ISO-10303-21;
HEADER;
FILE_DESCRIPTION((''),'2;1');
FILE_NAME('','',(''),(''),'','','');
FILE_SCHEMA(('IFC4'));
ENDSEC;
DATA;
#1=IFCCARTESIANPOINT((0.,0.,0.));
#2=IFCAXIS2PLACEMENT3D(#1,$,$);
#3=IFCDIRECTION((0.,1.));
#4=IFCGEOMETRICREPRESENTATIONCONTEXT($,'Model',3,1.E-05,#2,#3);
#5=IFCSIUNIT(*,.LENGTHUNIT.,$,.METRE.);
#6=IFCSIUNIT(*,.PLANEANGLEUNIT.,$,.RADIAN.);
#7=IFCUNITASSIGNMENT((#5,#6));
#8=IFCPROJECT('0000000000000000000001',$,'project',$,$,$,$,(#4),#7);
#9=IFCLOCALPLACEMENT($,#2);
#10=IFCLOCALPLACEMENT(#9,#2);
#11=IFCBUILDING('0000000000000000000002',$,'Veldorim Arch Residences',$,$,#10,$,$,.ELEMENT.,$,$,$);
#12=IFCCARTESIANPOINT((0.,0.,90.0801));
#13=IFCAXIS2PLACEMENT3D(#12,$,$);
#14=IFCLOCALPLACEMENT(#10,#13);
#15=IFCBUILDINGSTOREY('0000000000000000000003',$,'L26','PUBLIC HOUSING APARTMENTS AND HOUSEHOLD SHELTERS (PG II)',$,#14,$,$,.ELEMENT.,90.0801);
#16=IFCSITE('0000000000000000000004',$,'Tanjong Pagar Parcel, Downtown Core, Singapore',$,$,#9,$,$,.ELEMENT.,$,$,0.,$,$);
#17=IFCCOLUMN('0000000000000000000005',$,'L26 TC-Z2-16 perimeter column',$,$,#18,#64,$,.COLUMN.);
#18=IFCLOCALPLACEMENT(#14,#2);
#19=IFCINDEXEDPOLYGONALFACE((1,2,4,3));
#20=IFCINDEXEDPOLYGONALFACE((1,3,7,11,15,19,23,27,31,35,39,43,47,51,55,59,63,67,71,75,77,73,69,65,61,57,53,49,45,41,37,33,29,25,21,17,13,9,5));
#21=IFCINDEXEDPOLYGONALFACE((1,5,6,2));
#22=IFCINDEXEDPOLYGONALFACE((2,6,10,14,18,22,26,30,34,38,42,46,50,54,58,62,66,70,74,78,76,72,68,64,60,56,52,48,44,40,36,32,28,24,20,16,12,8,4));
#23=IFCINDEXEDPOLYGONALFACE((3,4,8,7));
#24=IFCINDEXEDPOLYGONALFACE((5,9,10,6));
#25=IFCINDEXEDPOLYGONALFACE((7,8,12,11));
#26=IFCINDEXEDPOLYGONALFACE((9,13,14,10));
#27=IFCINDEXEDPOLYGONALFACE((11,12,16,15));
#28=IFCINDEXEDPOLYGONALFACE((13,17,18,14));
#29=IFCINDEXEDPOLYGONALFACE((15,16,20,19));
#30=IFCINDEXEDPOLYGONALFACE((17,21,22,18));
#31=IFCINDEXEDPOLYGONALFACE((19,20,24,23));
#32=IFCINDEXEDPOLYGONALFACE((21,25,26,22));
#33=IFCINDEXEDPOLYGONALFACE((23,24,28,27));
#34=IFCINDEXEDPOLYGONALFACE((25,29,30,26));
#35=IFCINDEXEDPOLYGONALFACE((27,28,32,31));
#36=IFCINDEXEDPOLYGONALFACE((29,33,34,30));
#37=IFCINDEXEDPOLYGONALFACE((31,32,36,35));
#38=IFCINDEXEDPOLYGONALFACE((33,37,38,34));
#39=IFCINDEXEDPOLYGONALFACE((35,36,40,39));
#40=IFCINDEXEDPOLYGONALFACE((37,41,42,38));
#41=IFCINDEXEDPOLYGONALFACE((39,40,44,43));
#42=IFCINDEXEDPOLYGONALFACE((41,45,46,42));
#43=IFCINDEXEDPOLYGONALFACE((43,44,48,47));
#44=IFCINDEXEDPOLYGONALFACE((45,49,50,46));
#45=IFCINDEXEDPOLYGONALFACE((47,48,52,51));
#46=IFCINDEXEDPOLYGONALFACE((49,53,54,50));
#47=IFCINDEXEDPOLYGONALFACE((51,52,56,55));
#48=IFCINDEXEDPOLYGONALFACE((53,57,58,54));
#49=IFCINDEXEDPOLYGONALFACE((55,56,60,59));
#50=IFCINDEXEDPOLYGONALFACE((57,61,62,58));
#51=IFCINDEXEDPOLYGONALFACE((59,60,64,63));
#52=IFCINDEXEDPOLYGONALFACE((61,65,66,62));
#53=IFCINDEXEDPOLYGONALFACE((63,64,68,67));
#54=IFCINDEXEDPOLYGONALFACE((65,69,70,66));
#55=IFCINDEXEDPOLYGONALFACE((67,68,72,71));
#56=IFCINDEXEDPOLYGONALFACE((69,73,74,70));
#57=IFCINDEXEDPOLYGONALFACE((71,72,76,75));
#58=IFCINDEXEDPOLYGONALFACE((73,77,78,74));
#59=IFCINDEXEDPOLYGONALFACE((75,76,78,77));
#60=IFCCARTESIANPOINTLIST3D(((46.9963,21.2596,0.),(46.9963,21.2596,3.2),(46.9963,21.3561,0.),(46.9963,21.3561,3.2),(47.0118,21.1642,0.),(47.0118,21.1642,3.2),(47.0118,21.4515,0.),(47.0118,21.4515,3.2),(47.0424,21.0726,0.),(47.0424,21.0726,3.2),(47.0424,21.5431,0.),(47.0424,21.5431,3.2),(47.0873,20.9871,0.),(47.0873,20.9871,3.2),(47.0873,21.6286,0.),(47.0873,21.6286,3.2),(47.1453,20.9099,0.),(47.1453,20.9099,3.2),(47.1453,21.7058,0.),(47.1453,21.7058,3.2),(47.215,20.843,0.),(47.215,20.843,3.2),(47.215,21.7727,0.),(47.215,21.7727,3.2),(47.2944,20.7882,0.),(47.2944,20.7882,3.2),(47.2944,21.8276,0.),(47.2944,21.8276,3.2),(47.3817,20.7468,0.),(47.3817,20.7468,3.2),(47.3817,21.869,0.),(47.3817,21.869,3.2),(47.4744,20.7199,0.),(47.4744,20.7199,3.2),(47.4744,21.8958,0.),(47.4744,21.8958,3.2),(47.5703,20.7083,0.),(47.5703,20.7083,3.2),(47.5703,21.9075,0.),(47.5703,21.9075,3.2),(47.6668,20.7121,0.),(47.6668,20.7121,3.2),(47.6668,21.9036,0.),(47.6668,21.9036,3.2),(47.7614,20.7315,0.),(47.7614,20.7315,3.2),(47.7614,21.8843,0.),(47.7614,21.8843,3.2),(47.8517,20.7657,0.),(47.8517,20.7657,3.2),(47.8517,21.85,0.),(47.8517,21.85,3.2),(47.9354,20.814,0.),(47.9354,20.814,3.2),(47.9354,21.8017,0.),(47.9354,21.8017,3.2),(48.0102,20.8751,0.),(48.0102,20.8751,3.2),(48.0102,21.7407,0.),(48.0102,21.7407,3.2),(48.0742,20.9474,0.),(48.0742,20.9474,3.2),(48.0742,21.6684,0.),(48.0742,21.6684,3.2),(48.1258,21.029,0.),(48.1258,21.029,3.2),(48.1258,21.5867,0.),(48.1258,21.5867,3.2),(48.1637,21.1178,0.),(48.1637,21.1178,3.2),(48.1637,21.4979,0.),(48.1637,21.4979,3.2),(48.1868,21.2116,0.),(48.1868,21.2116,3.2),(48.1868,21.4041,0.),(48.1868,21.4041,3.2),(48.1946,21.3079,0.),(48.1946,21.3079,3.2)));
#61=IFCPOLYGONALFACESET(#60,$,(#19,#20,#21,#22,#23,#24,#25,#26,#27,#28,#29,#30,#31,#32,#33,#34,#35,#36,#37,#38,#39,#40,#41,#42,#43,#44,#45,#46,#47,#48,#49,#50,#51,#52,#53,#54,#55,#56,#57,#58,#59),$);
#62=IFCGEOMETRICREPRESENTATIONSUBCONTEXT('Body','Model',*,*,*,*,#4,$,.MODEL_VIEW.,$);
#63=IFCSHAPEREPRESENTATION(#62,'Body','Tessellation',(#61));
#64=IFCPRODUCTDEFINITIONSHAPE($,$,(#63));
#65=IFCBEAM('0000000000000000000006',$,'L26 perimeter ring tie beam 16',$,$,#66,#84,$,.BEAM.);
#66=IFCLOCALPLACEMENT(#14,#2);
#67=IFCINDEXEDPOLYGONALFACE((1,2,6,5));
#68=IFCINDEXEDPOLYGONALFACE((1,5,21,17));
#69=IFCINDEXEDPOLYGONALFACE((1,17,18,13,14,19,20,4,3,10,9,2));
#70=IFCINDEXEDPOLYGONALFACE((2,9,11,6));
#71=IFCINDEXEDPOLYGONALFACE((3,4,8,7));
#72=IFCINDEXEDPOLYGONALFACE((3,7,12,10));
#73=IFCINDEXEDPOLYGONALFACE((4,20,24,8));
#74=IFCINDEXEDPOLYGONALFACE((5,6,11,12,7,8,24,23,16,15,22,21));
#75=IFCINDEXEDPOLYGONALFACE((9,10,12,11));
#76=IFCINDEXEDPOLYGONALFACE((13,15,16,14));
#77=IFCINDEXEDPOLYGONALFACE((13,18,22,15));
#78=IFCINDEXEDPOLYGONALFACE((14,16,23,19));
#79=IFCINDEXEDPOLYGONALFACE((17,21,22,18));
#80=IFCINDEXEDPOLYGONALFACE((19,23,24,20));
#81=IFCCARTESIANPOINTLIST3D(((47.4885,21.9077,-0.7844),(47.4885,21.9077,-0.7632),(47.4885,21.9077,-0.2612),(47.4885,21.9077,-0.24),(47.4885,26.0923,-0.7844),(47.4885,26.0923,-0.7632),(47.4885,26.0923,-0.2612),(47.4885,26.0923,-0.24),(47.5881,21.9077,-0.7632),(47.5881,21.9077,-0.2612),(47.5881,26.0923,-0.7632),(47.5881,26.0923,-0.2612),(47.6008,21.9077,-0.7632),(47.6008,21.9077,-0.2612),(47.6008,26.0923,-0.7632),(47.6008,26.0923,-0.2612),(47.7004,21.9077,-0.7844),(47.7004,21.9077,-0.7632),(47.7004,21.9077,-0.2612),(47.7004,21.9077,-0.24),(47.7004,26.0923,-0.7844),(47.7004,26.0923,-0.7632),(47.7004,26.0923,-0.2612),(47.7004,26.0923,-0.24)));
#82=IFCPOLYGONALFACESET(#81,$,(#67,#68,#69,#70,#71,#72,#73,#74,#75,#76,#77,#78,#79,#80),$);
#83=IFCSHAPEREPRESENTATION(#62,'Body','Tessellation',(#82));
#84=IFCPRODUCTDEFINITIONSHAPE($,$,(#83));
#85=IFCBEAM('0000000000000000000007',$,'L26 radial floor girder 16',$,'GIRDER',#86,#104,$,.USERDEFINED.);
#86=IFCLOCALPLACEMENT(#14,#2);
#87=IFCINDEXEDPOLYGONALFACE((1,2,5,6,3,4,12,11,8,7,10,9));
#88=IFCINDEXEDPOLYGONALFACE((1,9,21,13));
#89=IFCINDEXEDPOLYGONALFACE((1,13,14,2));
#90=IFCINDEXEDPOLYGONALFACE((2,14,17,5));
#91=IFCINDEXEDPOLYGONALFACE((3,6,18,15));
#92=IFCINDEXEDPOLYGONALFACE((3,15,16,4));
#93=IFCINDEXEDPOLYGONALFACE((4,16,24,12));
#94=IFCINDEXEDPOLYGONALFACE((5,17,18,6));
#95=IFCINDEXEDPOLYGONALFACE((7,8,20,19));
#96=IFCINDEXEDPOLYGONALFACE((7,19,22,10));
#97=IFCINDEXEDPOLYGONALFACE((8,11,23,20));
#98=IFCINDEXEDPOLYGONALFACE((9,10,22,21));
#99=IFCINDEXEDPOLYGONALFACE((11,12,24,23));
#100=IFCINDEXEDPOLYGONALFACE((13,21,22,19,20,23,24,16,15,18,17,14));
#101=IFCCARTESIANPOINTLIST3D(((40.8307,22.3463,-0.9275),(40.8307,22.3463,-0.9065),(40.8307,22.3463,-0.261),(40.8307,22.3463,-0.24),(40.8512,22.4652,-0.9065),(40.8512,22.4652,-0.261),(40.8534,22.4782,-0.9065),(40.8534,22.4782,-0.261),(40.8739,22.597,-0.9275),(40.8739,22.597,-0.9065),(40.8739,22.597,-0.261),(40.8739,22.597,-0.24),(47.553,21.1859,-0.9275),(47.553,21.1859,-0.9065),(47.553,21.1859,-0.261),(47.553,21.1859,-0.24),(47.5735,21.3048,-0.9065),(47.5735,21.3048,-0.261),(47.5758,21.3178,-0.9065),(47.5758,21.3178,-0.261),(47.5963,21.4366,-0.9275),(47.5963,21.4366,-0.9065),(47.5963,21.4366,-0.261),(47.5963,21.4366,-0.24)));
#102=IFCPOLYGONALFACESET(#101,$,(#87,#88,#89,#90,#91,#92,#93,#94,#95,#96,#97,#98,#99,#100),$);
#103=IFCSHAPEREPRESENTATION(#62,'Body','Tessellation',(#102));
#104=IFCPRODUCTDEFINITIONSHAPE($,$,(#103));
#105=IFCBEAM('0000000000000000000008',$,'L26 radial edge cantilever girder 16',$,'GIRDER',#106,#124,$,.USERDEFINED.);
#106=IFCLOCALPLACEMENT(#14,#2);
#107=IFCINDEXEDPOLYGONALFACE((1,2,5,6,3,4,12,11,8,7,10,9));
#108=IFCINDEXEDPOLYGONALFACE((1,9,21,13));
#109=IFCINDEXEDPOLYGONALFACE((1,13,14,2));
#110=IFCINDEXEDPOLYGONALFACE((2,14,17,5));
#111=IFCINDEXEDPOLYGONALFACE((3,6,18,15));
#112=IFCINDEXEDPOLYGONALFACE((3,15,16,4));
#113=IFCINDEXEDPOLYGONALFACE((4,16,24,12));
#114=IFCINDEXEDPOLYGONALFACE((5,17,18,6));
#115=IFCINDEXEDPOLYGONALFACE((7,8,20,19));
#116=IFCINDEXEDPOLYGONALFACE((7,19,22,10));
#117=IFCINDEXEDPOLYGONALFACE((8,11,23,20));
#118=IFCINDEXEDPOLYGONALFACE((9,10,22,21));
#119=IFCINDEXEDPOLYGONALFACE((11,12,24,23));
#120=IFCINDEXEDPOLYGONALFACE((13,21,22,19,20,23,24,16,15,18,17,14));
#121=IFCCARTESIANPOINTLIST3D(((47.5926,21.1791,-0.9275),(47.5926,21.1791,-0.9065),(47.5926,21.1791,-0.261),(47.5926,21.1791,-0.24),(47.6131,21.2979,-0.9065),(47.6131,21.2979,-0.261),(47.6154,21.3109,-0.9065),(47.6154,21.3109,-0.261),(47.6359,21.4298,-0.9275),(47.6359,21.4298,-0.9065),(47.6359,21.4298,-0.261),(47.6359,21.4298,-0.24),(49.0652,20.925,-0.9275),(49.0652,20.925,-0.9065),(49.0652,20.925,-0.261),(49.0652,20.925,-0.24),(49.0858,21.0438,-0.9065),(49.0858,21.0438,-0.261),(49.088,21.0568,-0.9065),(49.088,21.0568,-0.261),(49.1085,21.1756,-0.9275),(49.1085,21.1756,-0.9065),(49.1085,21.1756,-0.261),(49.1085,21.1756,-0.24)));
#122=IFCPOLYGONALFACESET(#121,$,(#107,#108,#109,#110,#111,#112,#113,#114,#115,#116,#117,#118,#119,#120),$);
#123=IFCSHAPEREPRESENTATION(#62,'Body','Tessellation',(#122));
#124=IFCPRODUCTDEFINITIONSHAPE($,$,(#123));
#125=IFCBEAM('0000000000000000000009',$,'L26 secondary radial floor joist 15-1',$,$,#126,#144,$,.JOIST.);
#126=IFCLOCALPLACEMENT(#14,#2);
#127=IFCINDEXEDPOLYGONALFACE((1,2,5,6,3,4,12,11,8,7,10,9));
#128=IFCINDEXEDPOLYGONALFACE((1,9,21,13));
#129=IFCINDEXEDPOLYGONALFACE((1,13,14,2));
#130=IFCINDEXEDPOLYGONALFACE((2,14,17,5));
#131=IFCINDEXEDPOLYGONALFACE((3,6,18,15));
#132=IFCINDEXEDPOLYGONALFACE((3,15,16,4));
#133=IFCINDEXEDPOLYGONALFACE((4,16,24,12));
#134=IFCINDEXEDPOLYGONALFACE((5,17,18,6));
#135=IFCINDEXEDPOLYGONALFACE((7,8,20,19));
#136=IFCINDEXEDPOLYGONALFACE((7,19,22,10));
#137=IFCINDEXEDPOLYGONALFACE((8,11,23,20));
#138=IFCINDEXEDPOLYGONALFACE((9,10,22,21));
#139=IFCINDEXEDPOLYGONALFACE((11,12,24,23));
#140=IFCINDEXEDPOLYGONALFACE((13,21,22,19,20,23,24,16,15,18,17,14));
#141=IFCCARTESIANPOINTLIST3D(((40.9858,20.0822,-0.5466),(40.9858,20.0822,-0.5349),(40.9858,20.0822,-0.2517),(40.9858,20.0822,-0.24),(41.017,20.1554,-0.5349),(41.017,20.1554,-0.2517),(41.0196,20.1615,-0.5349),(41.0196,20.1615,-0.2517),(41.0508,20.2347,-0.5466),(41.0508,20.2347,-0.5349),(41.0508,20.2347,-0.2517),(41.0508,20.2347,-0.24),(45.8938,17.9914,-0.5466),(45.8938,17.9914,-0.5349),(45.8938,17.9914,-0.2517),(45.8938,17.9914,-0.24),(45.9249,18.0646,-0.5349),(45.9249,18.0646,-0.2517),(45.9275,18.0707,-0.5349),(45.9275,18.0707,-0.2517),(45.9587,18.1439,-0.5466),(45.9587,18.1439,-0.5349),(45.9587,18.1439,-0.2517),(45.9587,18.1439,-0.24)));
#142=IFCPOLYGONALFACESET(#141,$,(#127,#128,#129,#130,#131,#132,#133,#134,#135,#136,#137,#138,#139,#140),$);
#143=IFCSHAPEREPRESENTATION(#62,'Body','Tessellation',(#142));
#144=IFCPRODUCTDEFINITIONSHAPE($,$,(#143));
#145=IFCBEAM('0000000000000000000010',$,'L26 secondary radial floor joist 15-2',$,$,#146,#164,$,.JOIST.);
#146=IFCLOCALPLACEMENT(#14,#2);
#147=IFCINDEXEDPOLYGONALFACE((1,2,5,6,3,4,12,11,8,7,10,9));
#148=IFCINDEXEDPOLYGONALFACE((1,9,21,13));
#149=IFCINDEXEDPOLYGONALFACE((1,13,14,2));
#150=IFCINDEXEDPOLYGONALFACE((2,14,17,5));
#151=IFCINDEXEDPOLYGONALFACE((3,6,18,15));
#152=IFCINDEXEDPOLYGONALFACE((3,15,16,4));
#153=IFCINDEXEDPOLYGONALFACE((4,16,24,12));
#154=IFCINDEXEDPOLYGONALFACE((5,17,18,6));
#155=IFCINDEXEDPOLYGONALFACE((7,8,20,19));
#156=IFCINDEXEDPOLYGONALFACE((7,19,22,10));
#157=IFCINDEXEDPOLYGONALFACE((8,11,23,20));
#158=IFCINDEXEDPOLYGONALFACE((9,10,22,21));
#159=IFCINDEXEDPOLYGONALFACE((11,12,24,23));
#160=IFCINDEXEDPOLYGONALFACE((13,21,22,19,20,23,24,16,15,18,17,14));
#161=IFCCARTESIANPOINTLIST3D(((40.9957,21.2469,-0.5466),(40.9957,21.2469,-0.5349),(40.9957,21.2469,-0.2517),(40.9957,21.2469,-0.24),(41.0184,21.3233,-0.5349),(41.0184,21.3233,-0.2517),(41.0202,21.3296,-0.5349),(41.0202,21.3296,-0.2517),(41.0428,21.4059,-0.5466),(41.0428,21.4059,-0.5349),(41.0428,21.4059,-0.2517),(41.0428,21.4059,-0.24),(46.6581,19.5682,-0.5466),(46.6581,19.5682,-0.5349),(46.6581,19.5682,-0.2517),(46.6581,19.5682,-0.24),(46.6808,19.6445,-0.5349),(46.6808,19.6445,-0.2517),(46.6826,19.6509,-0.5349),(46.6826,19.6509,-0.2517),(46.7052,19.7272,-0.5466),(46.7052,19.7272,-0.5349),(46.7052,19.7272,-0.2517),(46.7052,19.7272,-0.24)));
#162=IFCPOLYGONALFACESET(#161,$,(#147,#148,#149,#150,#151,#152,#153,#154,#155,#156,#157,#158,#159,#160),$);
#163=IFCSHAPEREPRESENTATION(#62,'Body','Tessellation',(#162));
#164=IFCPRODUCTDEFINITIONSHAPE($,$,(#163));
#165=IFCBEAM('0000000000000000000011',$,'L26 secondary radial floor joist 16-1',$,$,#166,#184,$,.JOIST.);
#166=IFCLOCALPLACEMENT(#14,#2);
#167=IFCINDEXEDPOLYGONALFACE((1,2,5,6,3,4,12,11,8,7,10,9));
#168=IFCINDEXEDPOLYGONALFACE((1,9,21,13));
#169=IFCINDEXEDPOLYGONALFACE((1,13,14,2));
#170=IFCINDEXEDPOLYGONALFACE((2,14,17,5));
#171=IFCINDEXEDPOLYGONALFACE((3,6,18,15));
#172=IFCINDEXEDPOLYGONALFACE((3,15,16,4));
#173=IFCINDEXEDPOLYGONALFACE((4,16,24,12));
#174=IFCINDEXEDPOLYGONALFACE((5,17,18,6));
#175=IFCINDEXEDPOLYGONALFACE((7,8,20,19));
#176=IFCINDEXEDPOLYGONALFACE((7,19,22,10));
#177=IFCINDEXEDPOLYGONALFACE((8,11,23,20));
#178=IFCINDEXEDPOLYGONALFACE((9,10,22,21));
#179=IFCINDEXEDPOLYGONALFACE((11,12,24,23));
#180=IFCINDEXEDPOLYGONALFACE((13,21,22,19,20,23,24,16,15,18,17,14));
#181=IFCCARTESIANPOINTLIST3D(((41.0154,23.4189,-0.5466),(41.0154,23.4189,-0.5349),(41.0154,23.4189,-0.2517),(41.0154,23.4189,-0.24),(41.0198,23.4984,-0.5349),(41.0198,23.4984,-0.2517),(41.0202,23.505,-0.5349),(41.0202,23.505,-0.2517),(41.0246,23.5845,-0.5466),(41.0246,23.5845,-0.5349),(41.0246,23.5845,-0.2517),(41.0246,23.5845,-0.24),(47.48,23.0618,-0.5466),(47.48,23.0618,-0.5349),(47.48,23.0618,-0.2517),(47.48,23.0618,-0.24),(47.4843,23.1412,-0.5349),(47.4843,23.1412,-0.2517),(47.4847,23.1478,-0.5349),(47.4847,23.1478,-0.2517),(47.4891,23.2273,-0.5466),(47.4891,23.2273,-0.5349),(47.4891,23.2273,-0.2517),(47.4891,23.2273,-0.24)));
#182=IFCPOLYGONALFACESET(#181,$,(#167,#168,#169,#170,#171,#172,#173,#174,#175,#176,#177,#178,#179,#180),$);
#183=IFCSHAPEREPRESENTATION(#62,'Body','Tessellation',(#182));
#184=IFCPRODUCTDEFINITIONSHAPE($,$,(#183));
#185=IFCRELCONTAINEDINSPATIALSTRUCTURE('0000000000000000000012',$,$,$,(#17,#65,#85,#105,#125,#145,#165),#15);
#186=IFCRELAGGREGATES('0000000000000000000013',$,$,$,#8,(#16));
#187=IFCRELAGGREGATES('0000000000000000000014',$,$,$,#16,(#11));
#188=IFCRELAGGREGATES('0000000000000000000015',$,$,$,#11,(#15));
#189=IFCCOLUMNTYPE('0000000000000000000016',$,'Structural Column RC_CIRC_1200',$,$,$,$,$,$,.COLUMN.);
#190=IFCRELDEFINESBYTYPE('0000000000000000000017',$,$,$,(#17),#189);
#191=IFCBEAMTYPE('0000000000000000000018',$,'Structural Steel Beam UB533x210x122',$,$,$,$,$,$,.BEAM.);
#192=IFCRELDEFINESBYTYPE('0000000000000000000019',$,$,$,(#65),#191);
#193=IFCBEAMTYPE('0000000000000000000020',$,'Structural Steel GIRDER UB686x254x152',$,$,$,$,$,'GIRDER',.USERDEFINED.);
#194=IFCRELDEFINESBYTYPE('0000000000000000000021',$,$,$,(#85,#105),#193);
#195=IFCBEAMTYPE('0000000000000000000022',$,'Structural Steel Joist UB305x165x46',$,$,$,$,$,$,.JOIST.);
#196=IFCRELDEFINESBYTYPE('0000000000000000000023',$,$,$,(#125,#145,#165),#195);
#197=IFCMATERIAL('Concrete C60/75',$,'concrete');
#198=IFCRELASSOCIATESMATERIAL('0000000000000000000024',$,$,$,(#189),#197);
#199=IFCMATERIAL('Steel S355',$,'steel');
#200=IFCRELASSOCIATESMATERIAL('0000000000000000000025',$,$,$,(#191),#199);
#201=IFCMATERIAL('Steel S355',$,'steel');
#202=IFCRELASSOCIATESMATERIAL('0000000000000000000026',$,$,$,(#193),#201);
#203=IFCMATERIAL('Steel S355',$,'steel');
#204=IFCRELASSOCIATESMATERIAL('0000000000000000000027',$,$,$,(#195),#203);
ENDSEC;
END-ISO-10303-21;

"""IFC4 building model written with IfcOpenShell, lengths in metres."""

from ifc_helpers import new_model, si_unit, direction, frame, origin, origin_2d, place, context, subcontext, project, spatial, circle, i_section, extrude, material, material_profile, profile_set, type_object, element, save


model = new_model("IFC4")

# Units and contexts
model_context = context("Model", 3, precision=1e-05, world=origin(), true_north=direction((0.0, 1.0)))
body_context = subcontext(model_context, "Body", "Model", "MODEL_VIEW")
ifc_project = project(units=[si_unit("LENGTHUNIT", "METRE"), si_unit("PLANEANGLEUNIT", "RADIAN")], contexts=[model_context])

# Site, building, storey
site_placement = place(None, origin())
site = spatial("IfcSite", under=ifc_project, at=site_placement, Name="Tanjong Pagar Parcel, Downtown Core, Singapore", CompositionType="ELEMENT", RefElevation=0.0)
building_placement = place(site_placement, origin())
building = spatial("IfcBuilding", under=site, at=building_placement, Name="Veldorim Arch Residences", CompositionType="ELEMENT")
storey_placement = place(building_placement, frame((0.0, 0.0, 90.0801)))
storey = spatial("IfcBuildingStorey", under=building, at=storey_placement, Name="L26", Description="PUBLIC HOUSING APARTMENTS AND HOUSEHOLD SHELTERS (PG II)", CompositionType="ELEMENT", Elevation=90.0801)

# Column
ifc_material_1 = material(Name="Concrete C60/75", Category="concrete")
ifc_material_profile_1 = material_profile(ifc_material_1, circle(Radius=0.6001, at=origin_2d()), Name="RC_CIRC_1200")
ifc_profile_set_1 = profile_set([ifc_material_profile_1], Name="Concrete C60/75")
column_type = type_object("IfcColumnType", Name="Structural Column RC_CIRC_1200", PredefinedType="COLUMN", material=ifc_profile_set_1)
column_placement = place(storey_placement, frame((47.5945, 21.3079, 0.0), z_axis=(0.0, 0.0, 1.0), x_axis=(1.0, 0.0, 0.0)))
element("IfcColumn", 1, at=column_placement, inside=storey, type_object=column_type, Name="L26 TC-Z2-16 perimeter column", PredefinedType="COLUMN", context=body_context, shape_type="SweptSolid", body=[
    extrude(circle(Radius=0.6001, at=origin_2d()), origin(), (0.0, 0.0, 1.0), 3.2),
])

# Beams
ifc_material_2 = material(Name="Steel S355", Category="steel")
ifc_material_profile_2 = material_profile(ifc_material_2, i_section(OverallWidth=0.2119, OverallDepth=0.5444, WebThickness=0.0127, FlangeThickness=0.0212, at=origin_2d()), Name="UB533x210x122")
ifc_profile_set_2 = profile_set([ifc_material_profile_2], Name="Steel S355")
beam_type_1 = type_object("IfcBeamType", Name="Structural Steel Beam UB533x210x122", PredefinedType="BEAM", material=ifc_profile_set_2)
beam_1_placement = place(storey_placement, frame((47.5945, 21.9077, -0.5122), z_axis=(0.0, 1.0, 0.0), x_axis=(-1.0, 0.0, 0.0)))
element("IfcBeam", 2, at=beam_1_placement, inside=storey, type_object=beam_type_1, Name="L26 perimeter ring tie beam 16", PredefinedType="BEAM", context=body_context, shape_type="SweptSolid", body=[
    extrude(i_section(OverallWidth=0.2119, OverallDepth=0.5444, WebThickness=0.0127, FlangeThickness=0.0212, at=origin_2d()), origin(), (0.0, 0.0, 1.0), 4.1846),
])
ifc_material_3 = material(Name="Steel S355", Category="steel")
ifc_material_profile_3 = material_profile(ifc_material_3, i_section(OverallWidth=0.2544, OverallDepth=0.6875, WebThickness=0.0132, FlangeThickness=0.021, at=origin_2d()), Name="UB686x254x152")
ifc_profile_set_3 = profile_set([ifc_material_profile_3], Name="Steel S355")
beam_type_2 = type_object("IfcBeamType", Name="Structural Steel GIRDER UB686x254x152", ElementType="GIRDER", PredefinedType="USERDEFINED", material=ifc_profile_set_3)
beam_2_placement = place(storey_placement, frame((40.8523, 22.4717, -0.5837), z_axis=(0.985427, -0.170101, 0.0), x_axis=(0.170101, 0.985427, 0.0)))
element("IfcBeam", 3, at=beam_2_placement, inside=storey, type_object=beam_type_2, Name="L26 radial floor girder 16", ObjectType="GIRDER", PredefinedType="USERDEFINED", context=body_context, shape_type="SweptSolid", body=[
    extrude(i_section(OverallWidth=0.2544, OverallDepth=0.6875, WebThickness=0.0132, FlangeThickness=0.021, at=origin_2d()), origin(), (0.0, 0.0, 1.0), 6.8218),
])
beam_3_placement = place(storey_placement, frame((47.6143, 21.3044, -0.5837), z_axis=(0.985433, -0.170066, 0.0), x_axis=(0.170066, 0.985433, 0.0)))
element("IfcBeam", 4, at=beam_3_placement, inside=storey, type_object=beam_type_2, Name="L26 radial edge cantilever girder 16", ObjectType="GIRDER", PredefinedType="USERDEFINED", context=body_context, shape_type="SweptSolid", body=[
    extrude(i_section(OverallWidth=0.2544, OverallDepth=0.6875, WebThickness=0.0132, FlangeThickness=0.021, at=origin_2d()), origin(), (0.0, 0.0, 1.0), 1.4944),
])
ifc_material_4 = material(Name="Steel S355", Category="steel")
ifc_material_profile_4 = material_profile(ifc_material_4, i_section(OverallWidth=0.1658, OverallDepth=0.3066, WebThickness=0.0066, FlangeThickness=0.0117, at=origin_2d()), Name="UB305x165x46")
ifc_profile_set_4 = profile_set([ifc_material_profile_4], Name="Steel S355")
beam_type_3 = type_object("IfcBeamType", Name="Structural Steel Joist UB305x165x46", PredefinedType="JOIST", material=ifc_profile_set_4)
beam_4_placement = place(storey_placement, frame((41.0183, 20.1584, -0.3933), z_axis=(0.919997, -0.391924, 0.0), x_axis=(0.391924, 0.919997, 0.0)))
element("IfcBeam", 5, at=beam_4_placement, inside=storey, type_object=beam_type_3, Name="L26 secondary radial floor joist 15-1", PredefinedType="JOIST", context=body_context, shape_type="SweptSolid", body=[
    extrude(i_section(OverallWidth=0.1658, OverallDepth=0.3066, WebThickness=0.0066, FlangeThickness=0.0117, at=origin_2d()), origin(), (0.0, 0.0, 1.0), 5.3347),
])
beam_5_placement = place(storey_placement, frame((41.0193, 21.3264, -0.3933), z_axis=(0.958753, -0.28424, 0.0), x_axis=(0.28424, 0.958753, 0.0)))
element("IfcBeam", 6, at=beam_5_placement, inside=storey, type_object=beam_type_3, Name="L26 secondary radial floor joist 15-2", PredefinedType="JOIST", context=body_context, shape_type="SweptSolid", body=[
    extrude(i_section(OverallWidth=0.1658, OverallDepth=0.3066, WebThickness=0.0066, FlangeThickness=0.0117, at=origin_2d()), origin(), (0.0, 0.0, 1.0), 5.906),
])
for number, where, z_axis, x_axis, name in (
    (7, (41.02, 23.5017, -0.3933), (0.998477, -0.055167, 0.0), (0.055167, 0.998477, 0.0), "L26 secondary radial floor joist 16-1"),
):
    element("IfcBeam", number, at=place(storey_placement, frame(where, z_axis=z_axis, x_axis=x_axis)), inside=storey, type_object=beam_type_3, Name=name, PredefinedType="JOIST", context=body_context, shape_type="SweptSolid", body=[
        extrude(i_section(OverallWidth=0.1658, OverallDepth=0.3066, WebThickness=0.0066, FlangeThickness=0.0117, at=origin_2d()), origin(), (0.0, 0.0, 1.0), 6.4744),
    ])

save(model, "model.ifc")
